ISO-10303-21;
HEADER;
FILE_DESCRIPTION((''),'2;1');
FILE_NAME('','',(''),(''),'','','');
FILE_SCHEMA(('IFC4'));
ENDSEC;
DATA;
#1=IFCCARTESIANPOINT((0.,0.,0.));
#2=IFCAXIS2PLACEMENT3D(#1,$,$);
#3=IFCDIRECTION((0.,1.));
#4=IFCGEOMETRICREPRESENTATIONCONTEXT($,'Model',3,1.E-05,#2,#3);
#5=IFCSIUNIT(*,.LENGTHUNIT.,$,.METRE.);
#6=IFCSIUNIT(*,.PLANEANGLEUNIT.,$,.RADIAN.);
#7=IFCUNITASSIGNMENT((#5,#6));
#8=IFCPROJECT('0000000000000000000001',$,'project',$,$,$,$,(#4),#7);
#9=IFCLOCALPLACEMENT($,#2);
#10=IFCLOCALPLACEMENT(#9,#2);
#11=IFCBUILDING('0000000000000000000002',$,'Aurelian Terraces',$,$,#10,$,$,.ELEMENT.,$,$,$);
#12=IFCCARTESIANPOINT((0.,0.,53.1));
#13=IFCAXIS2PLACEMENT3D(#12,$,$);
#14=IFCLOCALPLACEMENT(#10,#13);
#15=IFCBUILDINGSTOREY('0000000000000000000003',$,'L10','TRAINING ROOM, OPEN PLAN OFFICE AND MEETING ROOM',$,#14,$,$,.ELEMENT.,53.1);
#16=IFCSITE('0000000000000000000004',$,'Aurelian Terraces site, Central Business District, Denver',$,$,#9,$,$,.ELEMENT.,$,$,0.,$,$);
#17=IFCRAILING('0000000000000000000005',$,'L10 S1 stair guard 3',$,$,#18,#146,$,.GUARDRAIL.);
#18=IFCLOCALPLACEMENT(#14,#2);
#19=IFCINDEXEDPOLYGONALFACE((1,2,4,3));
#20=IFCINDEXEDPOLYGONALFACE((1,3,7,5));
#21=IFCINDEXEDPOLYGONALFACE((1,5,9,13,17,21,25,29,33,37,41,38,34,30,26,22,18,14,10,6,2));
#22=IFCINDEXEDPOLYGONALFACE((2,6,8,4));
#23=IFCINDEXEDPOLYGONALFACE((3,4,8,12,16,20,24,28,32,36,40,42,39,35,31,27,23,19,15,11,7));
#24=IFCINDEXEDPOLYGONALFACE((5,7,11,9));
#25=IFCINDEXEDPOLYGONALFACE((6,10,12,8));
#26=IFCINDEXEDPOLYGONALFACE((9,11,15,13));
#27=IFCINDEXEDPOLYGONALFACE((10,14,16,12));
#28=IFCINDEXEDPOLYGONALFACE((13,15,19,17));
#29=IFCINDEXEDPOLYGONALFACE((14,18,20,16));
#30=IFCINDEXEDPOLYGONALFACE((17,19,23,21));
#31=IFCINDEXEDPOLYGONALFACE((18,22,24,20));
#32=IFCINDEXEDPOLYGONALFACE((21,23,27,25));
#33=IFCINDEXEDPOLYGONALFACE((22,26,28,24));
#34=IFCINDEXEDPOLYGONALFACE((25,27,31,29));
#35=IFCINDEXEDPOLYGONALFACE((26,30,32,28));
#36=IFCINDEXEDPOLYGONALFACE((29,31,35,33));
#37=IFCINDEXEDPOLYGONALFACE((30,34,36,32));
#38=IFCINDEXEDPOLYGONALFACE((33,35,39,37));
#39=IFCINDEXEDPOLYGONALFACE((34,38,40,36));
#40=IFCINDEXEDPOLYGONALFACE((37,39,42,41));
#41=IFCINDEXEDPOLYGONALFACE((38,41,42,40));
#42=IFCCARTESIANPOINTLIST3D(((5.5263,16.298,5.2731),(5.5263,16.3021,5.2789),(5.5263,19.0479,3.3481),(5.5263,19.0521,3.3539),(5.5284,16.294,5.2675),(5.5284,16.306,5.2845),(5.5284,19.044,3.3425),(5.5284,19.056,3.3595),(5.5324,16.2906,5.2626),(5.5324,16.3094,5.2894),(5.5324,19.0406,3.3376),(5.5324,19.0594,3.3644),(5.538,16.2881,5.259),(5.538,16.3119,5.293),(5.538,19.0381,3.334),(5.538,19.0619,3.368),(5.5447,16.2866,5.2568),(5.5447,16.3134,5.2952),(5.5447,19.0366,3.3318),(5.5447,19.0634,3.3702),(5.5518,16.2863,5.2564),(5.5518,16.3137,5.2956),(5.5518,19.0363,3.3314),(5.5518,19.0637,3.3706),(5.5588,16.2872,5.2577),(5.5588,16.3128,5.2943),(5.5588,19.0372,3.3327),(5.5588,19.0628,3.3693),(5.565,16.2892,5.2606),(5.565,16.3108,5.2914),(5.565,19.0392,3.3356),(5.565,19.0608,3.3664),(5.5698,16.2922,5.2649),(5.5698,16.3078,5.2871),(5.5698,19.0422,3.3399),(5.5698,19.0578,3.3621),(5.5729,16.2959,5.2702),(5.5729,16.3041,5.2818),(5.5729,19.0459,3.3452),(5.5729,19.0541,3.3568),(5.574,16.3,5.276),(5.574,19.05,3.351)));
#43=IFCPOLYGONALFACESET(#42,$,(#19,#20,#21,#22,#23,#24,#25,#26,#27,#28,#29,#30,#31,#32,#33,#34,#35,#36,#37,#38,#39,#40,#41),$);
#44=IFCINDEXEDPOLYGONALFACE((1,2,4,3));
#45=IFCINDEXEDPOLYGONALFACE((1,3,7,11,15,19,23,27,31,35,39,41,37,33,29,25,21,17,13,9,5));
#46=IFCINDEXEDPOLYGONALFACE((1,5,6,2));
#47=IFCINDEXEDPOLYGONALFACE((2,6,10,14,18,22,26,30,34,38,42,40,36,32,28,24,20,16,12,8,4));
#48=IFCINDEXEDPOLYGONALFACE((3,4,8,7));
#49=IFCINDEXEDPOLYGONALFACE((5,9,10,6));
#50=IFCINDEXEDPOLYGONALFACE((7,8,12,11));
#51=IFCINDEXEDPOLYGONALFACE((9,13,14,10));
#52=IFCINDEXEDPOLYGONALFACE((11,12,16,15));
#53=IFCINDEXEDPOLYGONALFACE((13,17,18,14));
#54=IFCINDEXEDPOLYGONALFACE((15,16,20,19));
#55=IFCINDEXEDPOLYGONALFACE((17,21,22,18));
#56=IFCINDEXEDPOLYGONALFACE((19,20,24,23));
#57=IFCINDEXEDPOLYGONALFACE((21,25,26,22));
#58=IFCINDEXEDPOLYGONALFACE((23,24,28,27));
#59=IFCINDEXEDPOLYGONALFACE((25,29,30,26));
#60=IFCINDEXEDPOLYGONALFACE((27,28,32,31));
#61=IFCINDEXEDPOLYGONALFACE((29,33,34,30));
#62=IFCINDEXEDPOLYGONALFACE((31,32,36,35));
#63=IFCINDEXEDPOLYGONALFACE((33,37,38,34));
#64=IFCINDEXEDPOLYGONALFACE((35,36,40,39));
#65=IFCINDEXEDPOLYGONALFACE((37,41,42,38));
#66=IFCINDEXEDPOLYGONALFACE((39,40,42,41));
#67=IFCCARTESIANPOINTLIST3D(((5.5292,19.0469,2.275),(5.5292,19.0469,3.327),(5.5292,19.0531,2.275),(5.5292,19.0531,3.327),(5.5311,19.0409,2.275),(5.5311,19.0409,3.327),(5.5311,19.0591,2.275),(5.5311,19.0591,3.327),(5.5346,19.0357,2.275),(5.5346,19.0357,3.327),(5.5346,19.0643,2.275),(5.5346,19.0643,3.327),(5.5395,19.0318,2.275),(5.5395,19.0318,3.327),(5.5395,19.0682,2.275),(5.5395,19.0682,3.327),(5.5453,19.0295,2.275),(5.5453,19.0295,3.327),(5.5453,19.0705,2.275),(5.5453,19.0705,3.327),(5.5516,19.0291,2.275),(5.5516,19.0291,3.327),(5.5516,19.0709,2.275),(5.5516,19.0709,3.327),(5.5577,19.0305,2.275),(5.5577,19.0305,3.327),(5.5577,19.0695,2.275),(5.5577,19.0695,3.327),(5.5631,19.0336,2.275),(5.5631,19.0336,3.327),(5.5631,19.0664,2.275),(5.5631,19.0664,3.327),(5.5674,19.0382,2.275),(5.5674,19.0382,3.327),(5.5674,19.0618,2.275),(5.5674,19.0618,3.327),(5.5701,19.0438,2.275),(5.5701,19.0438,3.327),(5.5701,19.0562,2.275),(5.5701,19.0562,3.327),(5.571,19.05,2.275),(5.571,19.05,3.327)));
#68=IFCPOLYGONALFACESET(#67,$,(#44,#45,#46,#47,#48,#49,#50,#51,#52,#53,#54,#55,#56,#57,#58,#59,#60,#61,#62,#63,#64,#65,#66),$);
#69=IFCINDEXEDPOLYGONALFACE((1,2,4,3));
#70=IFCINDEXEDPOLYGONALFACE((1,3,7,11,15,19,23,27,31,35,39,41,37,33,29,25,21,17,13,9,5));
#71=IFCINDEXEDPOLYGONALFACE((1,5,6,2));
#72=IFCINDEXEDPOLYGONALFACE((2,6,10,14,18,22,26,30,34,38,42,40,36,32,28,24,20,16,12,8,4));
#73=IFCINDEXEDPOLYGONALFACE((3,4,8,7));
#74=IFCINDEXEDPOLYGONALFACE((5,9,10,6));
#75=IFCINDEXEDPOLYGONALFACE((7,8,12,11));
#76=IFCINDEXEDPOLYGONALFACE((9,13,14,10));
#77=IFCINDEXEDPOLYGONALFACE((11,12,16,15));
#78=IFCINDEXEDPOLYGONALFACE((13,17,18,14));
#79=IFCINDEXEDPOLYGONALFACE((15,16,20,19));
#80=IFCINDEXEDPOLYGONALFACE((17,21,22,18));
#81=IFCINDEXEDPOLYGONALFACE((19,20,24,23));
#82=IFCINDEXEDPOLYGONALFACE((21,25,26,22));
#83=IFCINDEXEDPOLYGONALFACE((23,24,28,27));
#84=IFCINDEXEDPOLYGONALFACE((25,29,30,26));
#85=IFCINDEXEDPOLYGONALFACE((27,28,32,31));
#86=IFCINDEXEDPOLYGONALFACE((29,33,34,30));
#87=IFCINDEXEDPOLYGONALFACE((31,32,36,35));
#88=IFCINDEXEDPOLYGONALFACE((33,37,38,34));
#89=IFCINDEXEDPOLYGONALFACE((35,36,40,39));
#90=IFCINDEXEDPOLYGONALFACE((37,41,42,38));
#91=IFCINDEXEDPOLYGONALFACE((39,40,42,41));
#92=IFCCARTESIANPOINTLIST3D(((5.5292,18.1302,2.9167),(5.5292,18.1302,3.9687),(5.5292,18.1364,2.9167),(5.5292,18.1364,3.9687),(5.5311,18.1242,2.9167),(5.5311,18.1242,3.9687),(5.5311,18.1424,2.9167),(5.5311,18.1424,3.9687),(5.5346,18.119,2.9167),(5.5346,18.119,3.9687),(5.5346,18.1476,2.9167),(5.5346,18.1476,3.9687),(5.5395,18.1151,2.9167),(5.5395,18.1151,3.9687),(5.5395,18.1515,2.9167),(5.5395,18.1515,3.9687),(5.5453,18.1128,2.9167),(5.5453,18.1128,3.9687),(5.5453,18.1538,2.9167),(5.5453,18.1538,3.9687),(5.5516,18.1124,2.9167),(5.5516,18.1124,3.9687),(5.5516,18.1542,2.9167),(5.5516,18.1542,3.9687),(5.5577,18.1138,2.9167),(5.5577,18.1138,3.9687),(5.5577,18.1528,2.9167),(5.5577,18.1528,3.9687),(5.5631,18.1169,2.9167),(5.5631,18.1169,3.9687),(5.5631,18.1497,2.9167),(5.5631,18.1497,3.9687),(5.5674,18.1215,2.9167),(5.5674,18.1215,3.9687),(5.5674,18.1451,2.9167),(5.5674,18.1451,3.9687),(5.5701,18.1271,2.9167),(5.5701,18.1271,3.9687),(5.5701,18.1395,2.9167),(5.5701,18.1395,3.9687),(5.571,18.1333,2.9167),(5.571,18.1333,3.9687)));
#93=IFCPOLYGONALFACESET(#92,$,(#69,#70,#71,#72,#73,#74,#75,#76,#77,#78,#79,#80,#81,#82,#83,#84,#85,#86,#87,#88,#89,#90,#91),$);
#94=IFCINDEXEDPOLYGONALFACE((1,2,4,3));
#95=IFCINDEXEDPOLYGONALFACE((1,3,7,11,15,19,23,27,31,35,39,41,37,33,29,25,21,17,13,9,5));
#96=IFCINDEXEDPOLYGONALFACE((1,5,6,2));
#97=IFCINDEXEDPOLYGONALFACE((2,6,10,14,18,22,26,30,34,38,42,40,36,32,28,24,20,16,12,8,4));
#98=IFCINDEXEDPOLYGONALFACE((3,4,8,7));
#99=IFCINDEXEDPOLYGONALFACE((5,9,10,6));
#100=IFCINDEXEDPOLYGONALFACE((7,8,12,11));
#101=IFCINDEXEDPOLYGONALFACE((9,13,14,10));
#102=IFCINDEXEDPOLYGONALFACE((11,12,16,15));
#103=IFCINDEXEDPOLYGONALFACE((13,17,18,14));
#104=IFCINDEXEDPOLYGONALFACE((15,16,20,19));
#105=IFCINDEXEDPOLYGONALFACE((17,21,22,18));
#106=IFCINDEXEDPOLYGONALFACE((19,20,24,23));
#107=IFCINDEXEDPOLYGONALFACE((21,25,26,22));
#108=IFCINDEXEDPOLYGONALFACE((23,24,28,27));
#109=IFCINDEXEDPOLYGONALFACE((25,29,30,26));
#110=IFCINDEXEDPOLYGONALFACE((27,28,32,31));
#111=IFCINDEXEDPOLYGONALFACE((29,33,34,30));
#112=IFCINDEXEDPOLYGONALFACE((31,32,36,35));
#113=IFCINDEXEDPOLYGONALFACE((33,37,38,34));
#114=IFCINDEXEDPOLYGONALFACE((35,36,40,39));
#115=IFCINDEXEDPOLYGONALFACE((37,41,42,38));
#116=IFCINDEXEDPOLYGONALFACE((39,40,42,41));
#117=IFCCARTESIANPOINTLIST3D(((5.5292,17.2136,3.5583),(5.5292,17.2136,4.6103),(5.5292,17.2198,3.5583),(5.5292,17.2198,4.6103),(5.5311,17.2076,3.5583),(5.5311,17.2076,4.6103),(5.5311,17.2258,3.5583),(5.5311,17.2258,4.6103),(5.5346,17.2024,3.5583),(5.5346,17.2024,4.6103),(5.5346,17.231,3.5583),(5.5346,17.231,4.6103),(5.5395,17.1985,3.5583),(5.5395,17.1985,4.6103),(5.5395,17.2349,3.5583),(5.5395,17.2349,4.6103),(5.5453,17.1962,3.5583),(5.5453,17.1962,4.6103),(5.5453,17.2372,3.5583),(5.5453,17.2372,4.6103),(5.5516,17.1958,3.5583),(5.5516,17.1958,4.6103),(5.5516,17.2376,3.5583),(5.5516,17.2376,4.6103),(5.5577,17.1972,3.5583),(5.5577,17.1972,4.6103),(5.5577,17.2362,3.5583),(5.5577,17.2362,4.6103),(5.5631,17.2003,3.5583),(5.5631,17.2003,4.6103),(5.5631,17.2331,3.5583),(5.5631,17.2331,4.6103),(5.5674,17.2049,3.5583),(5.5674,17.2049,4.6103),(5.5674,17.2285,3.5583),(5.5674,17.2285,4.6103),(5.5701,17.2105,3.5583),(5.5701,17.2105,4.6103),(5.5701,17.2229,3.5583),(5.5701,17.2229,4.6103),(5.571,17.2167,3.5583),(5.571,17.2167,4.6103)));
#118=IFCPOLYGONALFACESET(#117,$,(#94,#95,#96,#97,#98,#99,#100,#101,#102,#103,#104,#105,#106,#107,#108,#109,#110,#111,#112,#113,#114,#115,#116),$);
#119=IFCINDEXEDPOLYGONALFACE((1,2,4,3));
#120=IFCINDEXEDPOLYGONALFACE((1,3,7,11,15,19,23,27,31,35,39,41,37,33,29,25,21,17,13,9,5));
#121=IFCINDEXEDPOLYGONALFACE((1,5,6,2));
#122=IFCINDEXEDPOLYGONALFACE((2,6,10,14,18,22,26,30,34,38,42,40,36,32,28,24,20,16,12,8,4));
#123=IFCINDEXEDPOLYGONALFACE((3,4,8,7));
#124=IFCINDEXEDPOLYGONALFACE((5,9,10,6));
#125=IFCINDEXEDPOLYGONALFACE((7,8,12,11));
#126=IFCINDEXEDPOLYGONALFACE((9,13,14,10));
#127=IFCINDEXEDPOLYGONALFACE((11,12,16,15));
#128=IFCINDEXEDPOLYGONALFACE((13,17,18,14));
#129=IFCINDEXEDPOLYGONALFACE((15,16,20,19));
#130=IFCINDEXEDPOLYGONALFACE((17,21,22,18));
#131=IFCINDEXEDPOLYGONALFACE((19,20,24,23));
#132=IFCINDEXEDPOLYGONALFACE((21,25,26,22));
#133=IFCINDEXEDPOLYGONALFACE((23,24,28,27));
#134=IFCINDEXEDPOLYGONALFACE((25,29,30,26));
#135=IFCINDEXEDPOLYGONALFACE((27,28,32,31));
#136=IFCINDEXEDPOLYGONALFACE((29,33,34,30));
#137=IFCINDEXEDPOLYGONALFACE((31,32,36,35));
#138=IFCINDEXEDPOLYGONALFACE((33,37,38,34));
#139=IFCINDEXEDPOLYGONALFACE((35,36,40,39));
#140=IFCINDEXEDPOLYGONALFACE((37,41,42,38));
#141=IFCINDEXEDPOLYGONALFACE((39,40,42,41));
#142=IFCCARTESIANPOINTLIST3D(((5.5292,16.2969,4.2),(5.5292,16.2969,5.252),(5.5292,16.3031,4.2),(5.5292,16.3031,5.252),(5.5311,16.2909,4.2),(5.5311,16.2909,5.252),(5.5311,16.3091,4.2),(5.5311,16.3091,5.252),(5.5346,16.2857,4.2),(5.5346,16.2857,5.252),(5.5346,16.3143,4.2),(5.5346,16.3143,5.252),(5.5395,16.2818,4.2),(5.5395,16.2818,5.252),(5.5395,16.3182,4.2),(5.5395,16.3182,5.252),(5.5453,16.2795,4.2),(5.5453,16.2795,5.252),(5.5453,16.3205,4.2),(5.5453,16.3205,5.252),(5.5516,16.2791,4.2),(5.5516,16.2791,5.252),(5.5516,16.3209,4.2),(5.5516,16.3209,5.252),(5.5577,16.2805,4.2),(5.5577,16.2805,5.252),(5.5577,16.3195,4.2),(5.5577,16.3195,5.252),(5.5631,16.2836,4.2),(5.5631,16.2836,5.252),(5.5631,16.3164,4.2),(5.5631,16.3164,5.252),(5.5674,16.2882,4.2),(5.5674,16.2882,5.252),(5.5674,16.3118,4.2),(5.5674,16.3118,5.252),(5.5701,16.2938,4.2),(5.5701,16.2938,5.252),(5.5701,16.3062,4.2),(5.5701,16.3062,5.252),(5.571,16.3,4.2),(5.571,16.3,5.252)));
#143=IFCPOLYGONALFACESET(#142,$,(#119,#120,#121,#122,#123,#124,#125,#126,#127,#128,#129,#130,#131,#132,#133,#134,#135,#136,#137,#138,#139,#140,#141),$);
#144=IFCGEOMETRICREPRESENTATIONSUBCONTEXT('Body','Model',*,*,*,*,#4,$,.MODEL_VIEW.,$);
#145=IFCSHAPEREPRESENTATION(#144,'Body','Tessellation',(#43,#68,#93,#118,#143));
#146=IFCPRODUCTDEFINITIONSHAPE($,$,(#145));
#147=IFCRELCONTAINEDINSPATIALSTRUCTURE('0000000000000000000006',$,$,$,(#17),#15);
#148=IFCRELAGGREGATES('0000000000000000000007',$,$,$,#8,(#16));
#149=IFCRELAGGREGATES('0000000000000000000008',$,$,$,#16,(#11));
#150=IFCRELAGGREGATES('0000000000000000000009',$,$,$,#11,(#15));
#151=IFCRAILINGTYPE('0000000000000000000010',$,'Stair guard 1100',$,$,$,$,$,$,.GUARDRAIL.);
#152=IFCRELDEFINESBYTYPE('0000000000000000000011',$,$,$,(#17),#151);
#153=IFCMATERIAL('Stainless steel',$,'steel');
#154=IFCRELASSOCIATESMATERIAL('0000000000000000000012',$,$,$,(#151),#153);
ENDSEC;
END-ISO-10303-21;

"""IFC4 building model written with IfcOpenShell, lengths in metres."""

from ifc_helpers import new_model, si_unit, direction, frame, origin, origin_2d, place, context, subcontext, project, spatial, circle, extrude, source, transform, mapped, material, type_object, element, save


model = new_model("IFC4")

# Units and contexts
model_context = context("Model", 3, precision=1e-05, world=origin(), true_north=direction((0.0, 1.0)))
body_context = subcontext(model_context, "Body", "Model", "MODEL_VIEW")
ifc_project = project(units=[si_unit("LENGTHUNIT", "METRE"), si_unit("PLANEANGLEUNIT", "RADIAN")], contexts=[model_context])

# Site, building, storey
site_placement = place(None, origin())
site = spatial("IfcSite", under=ifc_project, at=site_placement, Name="Aurelian Terraces site, Central Business District, Denver", CompositionType="ELEMENT", RefElevation=0.0)
building_placement = place(site_placement, origin())
building = spatial("IfcBuilding", under=site, at=building_placement, Name="Aurelian Terraces", CompositionType="ELEMENT")
storey_placement = place(building_placement, frame((0.0, 0.0, 53.1)))
storey = spatial("IfcBuildingStorey", under=building, at=storey_placement, Name="L10", Description="TRAINING ROOM, OPEN PLAN OFFICE AND MEETING ROOM", CompositionType="ELEMENT", Elevation=53.1)

# Shared definitions
ifc_material_1 = material(Name="Stainless steel", Category="steel")

# Railing
railing_type_1 = type_object("IfcRailingType", Name="Stair guard 1100", PredefinedType="GUARDRAIL", material=ifc_material_1)
shared_shape_1 = source(origin(), body_context, "Body", "SweptSolid", [
    extrude(circle(Radius=0.024, at=origin_2d()), frame((0.0, 0.0, 1.076), z_axis=(0.0, -0.819232, 0.573462), x_axis=(1.0, 0.0, 0.0)), (0.0, 0.0, 1.0), 3.3568),
    extrude(circle(Radius=0.021, at=origin_2d()), origin(), (0.0, 0.0, 1.0), 1.052),
    extrude(circle(Radius=0.021, at=origin_2d()), frame((0.0, -0.9167, 0.6417)), (0.0, 0.0, 1.0), 1.052),
    extrude(circle(Radius=0.021, at=origin_2d()), frame((0.0, -1.8333, 1.2833)), (0.0, 0.0, 1.0), 1.052),
    extrude(circle(Radius=0.021, at=origin_2d()), frame((0.0, -2.75, 1.925)), (0.0, 0.0, 1.0), 1.052),
])
railing_1_placement = place(storey_placement, frame((5.55, 19.05, 2.275)))
element("IfcRailing", 1, at=railing_1_placement, inside=storey, type_object=railing_type_1, Name="L10 S1 stair guard 3", PredefinedType="GUARDRAIL", context=body_context, shape_type="MappedRepresentation", body=[
    mapped(shared_shape_1, transform((0.0, 0.0, 0.0), scale=1.0)),
])

save(model, "model.ifc")
